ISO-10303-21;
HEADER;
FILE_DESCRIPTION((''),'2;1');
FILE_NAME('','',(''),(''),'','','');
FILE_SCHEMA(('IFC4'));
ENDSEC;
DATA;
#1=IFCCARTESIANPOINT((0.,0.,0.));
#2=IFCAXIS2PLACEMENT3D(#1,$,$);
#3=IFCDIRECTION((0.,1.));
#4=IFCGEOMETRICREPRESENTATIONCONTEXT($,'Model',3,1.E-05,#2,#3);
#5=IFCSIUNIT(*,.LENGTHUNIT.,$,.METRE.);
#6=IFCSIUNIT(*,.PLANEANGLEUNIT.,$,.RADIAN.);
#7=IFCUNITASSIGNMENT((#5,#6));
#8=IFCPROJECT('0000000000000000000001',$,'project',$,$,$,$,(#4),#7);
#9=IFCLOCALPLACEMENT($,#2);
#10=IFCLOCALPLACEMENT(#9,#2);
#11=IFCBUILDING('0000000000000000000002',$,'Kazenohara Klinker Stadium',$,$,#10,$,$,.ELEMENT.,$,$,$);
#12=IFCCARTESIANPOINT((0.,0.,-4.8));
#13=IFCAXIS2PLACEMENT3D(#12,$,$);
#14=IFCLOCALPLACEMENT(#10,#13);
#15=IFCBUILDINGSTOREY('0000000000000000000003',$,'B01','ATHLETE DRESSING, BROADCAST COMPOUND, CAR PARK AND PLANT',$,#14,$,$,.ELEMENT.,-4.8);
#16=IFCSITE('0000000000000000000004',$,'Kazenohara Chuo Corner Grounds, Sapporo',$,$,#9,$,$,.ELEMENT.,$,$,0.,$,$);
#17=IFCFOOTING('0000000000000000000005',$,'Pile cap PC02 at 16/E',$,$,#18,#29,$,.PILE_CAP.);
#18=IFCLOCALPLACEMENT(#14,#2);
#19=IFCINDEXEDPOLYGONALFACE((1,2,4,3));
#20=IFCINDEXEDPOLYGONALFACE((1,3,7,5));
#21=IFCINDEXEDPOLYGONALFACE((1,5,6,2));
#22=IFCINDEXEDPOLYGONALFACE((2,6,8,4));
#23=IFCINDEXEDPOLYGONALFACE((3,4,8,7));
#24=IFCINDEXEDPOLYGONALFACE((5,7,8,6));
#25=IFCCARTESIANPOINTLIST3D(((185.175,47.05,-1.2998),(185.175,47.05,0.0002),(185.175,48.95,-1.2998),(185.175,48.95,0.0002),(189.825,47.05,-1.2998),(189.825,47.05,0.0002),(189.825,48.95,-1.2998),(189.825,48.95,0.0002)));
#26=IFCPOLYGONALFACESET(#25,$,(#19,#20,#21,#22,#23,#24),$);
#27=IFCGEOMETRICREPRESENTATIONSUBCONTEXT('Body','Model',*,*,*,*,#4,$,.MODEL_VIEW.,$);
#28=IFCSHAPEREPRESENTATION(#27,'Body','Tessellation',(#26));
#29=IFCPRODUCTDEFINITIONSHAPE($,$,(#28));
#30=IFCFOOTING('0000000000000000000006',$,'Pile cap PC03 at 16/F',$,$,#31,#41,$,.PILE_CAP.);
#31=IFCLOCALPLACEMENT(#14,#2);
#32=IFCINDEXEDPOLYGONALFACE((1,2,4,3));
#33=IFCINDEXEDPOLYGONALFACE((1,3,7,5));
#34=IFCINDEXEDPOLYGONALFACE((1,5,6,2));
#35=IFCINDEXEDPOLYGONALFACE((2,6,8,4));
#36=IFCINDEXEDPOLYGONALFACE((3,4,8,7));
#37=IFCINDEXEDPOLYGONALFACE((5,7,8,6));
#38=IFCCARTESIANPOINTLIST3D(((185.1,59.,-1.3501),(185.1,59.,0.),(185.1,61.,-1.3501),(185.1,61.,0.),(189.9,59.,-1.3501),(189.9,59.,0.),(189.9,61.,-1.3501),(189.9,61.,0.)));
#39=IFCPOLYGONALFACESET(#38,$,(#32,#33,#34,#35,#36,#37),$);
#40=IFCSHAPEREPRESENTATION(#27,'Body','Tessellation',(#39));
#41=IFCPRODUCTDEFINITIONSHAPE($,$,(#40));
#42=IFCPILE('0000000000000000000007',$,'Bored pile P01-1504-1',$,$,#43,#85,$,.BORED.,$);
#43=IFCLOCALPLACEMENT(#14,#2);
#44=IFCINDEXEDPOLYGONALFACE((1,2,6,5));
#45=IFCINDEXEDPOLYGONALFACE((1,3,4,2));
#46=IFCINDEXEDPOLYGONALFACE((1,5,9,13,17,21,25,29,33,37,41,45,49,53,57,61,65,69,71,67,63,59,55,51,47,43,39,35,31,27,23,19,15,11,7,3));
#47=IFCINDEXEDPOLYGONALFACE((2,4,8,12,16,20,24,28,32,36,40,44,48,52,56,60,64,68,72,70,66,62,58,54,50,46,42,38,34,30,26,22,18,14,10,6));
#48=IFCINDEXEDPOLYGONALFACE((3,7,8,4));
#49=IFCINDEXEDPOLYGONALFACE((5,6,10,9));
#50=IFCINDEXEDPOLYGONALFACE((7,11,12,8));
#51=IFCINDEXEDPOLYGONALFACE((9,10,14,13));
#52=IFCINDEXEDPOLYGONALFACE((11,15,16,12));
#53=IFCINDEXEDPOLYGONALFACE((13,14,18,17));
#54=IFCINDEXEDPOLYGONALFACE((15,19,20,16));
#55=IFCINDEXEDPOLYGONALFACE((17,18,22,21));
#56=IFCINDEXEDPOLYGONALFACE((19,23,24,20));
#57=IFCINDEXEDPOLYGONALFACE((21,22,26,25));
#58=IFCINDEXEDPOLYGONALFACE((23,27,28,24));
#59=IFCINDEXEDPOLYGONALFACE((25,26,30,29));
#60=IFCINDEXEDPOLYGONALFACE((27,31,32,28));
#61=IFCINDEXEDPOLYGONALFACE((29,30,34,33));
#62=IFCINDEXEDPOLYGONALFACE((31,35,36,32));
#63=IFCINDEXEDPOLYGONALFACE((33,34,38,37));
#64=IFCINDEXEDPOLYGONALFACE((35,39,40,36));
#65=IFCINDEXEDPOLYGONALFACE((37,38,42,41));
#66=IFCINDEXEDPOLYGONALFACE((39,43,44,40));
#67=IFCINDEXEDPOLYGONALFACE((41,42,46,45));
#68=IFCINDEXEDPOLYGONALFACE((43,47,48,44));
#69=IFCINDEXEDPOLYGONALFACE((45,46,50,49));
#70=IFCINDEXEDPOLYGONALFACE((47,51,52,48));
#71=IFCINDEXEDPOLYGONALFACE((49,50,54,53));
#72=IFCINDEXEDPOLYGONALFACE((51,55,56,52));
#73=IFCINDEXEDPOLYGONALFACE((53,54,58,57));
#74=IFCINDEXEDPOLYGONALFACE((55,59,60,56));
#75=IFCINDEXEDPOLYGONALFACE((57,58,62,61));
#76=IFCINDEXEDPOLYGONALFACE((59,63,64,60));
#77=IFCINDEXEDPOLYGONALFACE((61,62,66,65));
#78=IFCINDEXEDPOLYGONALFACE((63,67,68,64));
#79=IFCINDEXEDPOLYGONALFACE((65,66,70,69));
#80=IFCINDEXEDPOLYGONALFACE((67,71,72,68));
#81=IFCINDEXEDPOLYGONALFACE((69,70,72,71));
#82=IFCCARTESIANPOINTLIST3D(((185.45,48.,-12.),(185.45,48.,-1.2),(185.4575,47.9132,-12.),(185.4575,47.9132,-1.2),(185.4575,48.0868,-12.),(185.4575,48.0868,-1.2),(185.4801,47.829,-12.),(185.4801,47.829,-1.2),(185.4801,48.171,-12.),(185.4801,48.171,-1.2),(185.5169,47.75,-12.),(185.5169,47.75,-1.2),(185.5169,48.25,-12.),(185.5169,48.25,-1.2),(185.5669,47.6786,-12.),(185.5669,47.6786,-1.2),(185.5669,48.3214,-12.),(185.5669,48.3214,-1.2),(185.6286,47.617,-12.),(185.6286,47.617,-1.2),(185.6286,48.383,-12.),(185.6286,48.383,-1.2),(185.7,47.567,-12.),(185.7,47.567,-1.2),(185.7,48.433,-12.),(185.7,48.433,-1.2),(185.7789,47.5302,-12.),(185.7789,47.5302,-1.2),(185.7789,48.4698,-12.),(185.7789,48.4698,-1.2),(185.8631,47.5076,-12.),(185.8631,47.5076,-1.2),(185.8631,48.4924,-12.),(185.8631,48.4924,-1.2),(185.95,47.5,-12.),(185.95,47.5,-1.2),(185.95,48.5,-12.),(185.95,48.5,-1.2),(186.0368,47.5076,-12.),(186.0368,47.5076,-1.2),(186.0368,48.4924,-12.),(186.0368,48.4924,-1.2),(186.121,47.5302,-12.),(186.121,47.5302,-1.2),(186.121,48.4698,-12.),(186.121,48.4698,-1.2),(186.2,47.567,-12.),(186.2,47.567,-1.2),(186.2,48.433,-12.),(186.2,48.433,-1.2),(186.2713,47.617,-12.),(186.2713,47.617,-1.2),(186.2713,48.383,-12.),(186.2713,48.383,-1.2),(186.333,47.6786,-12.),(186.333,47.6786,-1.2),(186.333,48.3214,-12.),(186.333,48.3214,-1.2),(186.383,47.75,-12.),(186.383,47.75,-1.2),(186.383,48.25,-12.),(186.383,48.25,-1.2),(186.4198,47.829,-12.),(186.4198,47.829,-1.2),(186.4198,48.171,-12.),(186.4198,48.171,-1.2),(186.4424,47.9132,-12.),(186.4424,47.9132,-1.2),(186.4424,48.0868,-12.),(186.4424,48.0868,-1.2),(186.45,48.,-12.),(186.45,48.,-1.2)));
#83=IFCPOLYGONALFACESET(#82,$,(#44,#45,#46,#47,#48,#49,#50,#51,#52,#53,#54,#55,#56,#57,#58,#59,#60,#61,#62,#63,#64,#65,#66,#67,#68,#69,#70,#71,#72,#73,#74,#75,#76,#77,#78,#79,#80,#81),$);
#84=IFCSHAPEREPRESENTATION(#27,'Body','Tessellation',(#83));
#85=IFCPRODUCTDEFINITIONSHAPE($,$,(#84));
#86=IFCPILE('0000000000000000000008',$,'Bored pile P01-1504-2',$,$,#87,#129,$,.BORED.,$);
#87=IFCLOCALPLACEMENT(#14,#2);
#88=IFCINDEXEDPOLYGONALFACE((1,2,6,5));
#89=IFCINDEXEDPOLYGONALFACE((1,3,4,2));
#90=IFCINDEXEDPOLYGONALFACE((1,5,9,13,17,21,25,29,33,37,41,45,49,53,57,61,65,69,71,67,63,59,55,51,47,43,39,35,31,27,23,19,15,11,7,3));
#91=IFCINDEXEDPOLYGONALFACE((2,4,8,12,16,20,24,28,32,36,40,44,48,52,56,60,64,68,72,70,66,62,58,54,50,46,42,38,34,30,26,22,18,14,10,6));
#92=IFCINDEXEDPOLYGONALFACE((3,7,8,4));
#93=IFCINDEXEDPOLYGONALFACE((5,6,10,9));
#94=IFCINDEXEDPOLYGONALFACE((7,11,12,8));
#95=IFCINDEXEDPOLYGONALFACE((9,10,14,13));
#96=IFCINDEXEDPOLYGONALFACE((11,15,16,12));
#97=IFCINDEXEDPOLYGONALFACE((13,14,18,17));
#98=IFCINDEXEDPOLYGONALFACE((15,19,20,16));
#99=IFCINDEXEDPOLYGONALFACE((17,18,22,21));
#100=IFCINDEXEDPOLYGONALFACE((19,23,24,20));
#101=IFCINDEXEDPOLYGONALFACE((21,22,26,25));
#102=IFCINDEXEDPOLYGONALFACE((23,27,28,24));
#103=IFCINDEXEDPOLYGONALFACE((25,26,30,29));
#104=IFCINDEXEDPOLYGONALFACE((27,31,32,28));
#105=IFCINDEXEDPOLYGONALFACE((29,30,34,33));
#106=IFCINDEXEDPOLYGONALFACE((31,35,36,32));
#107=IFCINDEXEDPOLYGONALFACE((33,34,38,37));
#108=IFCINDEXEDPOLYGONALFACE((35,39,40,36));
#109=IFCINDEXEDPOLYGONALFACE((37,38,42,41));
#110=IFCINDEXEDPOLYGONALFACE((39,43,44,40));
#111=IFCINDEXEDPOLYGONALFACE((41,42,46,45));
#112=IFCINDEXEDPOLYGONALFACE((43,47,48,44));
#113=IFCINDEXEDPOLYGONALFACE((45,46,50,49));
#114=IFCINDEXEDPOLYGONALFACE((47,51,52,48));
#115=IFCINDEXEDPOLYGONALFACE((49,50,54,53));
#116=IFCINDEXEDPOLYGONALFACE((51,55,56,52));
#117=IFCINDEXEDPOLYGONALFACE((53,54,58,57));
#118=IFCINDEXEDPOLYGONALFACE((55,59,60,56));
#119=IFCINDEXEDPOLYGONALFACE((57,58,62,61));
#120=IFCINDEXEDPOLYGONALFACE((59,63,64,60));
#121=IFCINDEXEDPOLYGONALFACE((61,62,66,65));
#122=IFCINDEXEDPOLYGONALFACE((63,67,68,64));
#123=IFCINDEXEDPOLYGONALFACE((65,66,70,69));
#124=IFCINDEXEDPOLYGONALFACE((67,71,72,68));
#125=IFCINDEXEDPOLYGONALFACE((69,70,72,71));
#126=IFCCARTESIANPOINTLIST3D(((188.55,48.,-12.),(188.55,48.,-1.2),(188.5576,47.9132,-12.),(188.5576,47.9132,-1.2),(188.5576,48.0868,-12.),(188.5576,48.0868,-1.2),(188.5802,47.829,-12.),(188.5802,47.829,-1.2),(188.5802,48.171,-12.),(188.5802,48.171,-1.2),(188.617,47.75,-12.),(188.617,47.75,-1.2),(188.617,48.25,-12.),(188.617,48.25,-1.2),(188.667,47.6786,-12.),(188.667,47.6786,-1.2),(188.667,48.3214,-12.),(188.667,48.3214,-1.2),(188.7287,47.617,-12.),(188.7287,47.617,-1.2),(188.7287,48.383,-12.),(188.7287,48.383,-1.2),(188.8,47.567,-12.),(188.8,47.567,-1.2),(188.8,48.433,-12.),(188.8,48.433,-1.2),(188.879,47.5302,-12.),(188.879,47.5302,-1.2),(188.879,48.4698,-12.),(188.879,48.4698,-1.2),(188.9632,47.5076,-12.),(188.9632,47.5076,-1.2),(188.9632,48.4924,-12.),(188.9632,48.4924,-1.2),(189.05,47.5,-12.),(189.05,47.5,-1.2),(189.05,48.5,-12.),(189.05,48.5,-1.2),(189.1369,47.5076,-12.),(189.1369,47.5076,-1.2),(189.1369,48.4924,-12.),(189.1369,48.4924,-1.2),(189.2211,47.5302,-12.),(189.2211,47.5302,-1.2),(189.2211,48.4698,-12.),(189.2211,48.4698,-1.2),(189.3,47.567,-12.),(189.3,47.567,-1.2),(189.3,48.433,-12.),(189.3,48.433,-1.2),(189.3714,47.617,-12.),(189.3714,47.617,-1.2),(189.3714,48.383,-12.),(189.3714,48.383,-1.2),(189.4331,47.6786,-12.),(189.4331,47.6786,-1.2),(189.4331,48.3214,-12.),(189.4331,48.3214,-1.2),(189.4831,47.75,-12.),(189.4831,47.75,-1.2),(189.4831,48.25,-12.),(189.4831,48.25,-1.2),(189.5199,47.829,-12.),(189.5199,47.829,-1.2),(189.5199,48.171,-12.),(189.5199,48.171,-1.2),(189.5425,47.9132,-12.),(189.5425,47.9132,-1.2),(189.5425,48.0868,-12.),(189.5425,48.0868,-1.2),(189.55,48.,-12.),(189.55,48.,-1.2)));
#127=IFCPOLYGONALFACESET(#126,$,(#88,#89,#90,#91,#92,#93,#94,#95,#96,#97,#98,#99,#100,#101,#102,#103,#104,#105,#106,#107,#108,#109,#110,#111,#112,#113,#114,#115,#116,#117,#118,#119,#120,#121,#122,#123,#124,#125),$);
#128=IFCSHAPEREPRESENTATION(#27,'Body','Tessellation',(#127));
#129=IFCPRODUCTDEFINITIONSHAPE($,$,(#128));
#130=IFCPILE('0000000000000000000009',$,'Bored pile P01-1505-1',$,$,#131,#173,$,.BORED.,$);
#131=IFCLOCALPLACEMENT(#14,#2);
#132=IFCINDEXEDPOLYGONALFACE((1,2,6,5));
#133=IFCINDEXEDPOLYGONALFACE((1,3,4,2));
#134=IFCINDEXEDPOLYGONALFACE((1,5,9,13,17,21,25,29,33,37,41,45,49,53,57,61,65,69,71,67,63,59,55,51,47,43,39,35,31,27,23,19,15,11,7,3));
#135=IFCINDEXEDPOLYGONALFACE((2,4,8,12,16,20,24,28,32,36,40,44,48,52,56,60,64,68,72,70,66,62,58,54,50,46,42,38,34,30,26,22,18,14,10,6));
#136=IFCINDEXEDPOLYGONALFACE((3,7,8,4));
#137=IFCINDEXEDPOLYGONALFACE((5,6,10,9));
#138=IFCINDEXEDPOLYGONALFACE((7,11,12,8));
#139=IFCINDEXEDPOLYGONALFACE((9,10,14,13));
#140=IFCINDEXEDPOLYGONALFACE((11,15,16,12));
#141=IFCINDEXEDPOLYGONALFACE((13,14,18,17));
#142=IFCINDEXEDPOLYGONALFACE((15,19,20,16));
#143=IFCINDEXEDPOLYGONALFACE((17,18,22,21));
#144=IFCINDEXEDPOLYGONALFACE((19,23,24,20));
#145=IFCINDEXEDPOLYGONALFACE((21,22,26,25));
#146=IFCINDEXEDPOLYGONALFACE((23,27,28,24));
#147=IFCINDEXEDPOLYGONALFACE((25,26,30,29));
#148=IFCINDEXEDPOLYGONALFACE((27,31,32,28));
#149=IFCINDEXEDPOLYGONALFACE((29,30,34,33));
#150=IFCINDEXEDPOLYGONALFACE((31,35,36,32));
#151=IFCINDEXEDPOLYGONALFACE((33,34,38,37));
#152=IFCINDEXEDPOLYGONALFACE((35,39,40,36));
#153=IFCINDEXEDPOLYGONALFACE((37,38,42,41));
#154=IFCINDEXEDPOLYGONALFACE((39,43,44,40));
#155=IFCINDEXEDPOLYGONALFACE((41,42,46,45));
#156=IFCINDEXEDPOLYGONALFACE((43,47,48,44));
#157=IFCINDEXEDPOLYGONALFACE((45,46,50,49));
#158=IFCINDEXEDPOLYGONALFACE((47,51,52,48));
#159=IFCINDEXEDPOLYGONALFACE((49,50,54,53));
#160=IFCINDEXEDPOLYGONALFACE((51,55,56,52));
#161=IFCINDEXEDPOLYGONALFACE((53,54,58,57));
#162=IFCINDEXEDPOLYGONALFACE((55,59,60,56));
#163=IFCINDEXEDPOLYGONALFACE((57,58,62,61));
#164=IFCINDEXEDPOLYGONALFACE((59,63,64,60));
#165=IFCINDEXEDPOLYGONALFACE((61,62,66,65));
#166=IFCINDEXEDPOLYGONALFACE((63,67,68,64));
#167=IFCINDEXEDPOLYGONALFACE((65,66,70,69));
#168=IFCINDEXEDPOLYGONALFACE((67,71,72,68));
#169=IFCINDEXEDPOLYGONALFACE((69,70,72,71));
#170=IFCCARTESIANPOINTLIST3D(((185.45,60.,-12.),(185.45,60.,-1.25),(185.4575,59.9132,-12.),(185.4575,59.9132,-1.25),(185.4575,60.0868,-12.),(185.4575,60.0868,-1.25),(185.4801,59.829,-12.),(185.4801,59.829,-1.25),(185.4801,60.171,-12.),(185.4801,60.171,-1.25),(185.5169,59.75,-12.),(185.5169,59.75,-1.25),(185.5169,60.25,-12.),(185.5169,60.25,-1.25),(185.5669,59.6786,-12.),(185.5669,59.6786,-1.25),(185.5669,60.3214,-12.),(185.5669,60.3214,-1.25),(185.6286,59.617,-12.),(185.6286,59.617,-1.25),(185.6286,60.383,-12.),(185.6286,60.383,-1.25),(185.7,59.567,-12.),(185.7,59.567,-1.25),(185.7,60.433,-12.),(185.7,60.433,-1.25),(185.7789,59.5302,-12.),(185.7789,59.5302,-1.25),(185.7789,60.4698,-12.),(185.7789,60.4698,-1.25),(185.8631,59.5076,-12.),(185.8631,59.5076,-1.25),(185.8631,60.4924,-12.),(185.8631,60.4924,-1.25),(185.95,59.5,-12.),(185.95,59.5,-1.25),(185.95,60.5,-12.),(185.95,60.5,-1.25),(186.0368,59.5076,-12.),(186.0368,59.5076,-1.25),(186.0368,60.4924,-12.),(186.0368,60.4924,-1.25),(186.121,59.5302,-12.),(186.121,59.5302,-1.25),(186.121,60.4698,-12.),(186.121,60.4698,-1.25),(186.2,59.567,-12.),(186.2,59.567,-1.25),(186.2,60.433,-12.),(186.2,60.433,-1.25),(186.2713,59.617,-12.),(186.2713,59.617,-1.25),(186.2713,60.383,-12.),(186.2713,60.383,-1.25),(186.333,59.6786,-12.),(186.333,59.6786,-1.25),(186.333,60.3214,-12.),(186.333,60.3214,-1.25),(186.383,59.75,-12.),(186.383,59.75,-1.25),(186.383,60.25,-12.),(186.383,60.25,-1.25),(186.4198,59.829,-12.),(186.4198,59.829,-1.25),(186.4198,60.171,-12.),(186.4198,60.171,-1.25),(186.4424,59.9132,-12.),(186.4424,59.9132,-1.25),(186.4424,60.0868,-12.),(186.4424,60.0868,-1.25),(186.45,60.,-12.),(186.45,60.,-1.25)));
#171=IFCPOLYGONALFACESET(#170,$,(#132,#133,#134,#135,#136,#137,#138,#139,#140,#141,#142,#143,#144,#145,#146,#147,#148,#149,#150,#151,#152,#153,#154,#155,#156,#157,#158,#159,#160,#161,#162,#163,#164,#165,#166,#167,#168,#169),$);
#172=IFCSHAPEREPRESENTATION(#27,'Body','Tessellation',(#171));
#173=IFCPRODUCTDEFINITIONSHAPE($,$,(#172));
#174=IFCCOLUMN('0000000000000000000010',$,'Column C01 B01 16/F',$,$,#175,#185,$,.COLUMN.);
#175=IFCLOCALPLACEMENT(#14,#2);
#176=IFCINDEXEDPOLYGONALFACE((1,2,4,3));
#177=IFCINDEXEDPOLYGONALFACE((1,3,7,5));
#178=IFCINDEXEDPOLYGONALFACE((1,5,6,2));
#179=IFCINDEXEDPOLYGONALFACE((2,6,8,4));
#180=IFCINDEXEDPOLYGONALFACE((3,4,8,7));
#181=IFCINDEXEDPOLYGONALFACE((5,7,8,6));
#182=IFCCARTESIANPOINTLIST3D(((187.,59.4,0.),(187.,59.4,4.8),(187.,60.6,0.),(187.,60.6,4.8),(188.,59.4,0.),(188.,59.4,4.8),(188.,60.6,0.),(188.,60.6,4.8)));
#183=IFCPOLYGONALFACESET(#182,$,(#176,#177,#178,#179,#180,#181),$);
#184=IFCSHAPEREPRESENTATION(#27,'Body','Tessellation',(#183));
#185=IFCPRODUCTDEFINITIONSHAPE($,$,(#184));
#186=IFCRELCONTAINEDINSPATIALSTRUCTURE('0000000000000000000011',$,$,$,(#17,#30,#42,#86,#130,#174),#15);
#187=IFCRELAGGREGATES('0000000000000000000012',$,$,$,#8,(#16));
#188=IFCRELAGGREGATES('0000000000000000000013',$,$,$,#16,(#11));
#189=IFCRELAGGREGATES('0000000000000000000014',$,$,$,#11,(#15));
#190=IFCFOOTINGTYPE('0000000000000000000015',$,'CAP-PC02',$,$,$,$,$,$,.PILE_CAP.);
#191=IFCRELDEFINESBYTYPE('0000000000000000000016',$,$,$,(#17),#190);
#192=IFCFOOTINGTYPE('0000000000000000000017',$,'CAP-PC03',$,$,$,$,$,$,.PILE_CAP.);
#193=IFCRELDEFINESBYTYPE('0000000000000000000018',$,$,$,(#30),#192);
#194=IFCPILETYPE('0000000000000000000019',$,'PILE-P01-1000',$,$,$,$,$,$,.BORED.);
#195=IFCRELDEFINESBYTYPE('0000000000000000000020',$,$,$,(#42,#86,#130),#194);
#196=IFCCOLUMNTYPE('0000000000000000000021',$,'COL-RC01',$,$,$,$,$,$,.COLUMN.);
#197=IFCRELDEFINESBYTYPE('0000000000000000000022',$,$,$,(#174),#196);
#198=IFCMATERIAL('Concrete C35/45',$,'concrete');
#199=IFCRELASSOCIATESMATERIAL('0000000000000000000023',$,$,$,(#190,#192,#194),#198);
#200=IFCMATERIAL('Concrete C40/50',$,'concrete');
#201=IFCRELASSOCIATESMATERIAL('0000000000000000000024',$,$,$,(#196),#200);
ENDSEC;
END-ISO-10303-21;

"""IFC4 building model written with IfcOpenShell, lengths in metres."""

from ifc_helpers import new_model, si_unit, direction, frame, origin, origin_2d, place, context, subcontext, project, spatial, rectangle, circle, extrude, material, material_profile, profile_set, type_object, element, save


model = new_model("IFC4")

# Units and contexts
model_context = context("Model", 3, precision=1e-05, world=origin(), true_north=direction((0.0, 1.0)))
body_context = subcontext(model_context, "Body", "Model", "MODEL_VIEW")
ifc_project = project(units=[si_unit("LENGTHUNIT", "METRE"), si_unit("PLANEANGLEUNIT", "RADIAN")], contexts=[model_context])

# Site, building, storey
site_placement = place(None, origin())
site = spatial("IfcSite", under=ifc_project, at=site_placement, Name="Kazenohara Chuo Corner Grounds, Sapporo", CompositionType="ELEMENT", RefElevation=0.0)
building_placement = place(site_placement, origin())
building = spatial("IfcBuilding", under=site, at=building_placement, Name="Kazenohara Klinker Stadium", CompositionType="ELEMENT")
storey_placement = place(building_placement, frame((0.0, 0.0, -4.8)))
storey = spatial("IfcBuildingStorey", under=building, at=storey_placement, Name="B01", Description="ATHLETE DRESSING, BROADCAST COMPOUND, CAR PARK AND PLANT", CompositionType="ELEMENT", Elevation=-4.8)

# Footings
ifc_material_1 = material(Name="Concrete C35/45", Category="concrete")
footing_type_1 = type_object("IfcFootingType", Name="CAP-PC02", PredefinedType="PILE_CAP", material=ifc_material_1)
footing_1_placement = place(storey_placement, frame((187.5, 48.0, -1.2998), z_axis=(0.0, 0.0, 1.0), x_axis=(1.0, 0.0, 0.0)))
element("IfcFooting", 1, at=footing_1_placement, inside=storey, type_object=footing_type_1, Name="Pile cap PC02 at 16/E", PredefinedType="PILE_CAP", context=body_context, shape_type="SweptSolid", body=[
    extrude(rectangle(XDim=4.6499, YDim=1.8999, at=origin_2d()), origin(), (0.0, 0.0, 1.0), 1.3),
])
footing_type_2 = type_object("IfcFootingType", Name="CAP-PC03", PredefinedType="PILE_CAP", material=ifc_material_1)
footing_2_placement = place(storey_placement, frame((187.5, 60.0, -1.3501), z_axis=(0.0, 0.0, 1.0), x_axis=(1.0, 0.0, 0.0)))
element("IfcFooting", 2, at=footing_2_placement, inside=storey, type_object=footing_type_2, Name="Pile cap PC03 at 16/F", PredefinedType="PILE_CAP", context=body_context, shape_type="SweptSolid", body=[
    extrude(rectangle(XDim=4.8, YDim=2.0, at=origin_2d()), origin(), (0.0, 0.0, 1.0), 1.3501),
])

# Piles
ifc_material_profile_1 = material_profile(ifc_material_1, circle(Radius=0.5, at=origin_2d()), Name="BORED-PILE-1000")
ifc_profile_set_1 = profile_set([ifc_material_profile_1], Name="Concrete C35/45")
pile_type = type_object("IfcPileType", Name="PILE-P01-1000", PredefinedType="BORED", material=ifc_profile_set_1)
for number, where, z_axis, x_axis, name in (
    (3, (185.95, 48.0, -1.2), (0.0, 0.0, -1.0), (1.0, 0.0, 0.0), "Bored pile P01-1504-1"),
    (4, (189.05, 48.0, -1.2), (0.0, 0.0, -1.0), (1.0, 0.0, 0.0), "Bored pile P01-1504-2"),
):
    element("IfcPile", number, at=place(storey_placement, frame(where, z_axis=z_axis, x_axis=x_axis)), inside=storey, type_object=pile_type, Name=name, PredefinedType="BORED", context=body_context, shape_type="SweptSolid", body=[
        extrude(circle(Radius=0.5, at=origin_2d()), origin(), (0.0, 0.0, 1.0), 10.8),
    ])
pile_placement = place(storey_placement, frame((185.95, 60.0, -1.25), z_axis=(0.0, 0.0, -1.0), x_axis=(1.0, 0.0, 0.0)))
element("IfcPile", 5, at=pile_placement, inside=storey, type_object=pile_type, Name="Bored pile P01-1505-1", PredefinedType="BORED", context=body_context, shape_type="SweptSolid", body=[
    extrude(circle(Radius=0.5, at=origin_2d()), origin(), (0.0, 0.0, 1.0), 10.75),
])

# Column
ifc_material_2 = material(Name="Concrete C40/50", Category="concrete")
ifc_material_profile_2 = material_profile(ifc_material_2, rectangle(XDim=1.0, YDim=1.2, at=origin_2d()), Name="RC-COL-1200x1000")
ifc_profile_set_2 = profile_set([ifc_material_profile_2], Name="Concrete C40/50")
column_type_1 = type_object("IfcColumnType", Name="COL-RC01", PredefinedType="COLUMN", material=ifc_profile_set_2)
column_1_placement = place(storey_placement, frame((187.5, 60.0, 0.0), z_axis=(0.0, 0.0, 1.0), x_axis=(1.0, 0.0, 0.0)))
element("IfcColumn", 6, at=column_1_placement, inside=storey, type_object=column_type_1, Name="Column C01 B01 16/F", PredefinedType="COLUMN", context=body_context, shape_type="SweptSolid", body=[
    extrude(rectangle(XDim=1.0, YDim=1.2, at=origin_2d()), origin(), (0.0, 0.0, 1.0), 4.8),
])

save(model, "model.ifc")
